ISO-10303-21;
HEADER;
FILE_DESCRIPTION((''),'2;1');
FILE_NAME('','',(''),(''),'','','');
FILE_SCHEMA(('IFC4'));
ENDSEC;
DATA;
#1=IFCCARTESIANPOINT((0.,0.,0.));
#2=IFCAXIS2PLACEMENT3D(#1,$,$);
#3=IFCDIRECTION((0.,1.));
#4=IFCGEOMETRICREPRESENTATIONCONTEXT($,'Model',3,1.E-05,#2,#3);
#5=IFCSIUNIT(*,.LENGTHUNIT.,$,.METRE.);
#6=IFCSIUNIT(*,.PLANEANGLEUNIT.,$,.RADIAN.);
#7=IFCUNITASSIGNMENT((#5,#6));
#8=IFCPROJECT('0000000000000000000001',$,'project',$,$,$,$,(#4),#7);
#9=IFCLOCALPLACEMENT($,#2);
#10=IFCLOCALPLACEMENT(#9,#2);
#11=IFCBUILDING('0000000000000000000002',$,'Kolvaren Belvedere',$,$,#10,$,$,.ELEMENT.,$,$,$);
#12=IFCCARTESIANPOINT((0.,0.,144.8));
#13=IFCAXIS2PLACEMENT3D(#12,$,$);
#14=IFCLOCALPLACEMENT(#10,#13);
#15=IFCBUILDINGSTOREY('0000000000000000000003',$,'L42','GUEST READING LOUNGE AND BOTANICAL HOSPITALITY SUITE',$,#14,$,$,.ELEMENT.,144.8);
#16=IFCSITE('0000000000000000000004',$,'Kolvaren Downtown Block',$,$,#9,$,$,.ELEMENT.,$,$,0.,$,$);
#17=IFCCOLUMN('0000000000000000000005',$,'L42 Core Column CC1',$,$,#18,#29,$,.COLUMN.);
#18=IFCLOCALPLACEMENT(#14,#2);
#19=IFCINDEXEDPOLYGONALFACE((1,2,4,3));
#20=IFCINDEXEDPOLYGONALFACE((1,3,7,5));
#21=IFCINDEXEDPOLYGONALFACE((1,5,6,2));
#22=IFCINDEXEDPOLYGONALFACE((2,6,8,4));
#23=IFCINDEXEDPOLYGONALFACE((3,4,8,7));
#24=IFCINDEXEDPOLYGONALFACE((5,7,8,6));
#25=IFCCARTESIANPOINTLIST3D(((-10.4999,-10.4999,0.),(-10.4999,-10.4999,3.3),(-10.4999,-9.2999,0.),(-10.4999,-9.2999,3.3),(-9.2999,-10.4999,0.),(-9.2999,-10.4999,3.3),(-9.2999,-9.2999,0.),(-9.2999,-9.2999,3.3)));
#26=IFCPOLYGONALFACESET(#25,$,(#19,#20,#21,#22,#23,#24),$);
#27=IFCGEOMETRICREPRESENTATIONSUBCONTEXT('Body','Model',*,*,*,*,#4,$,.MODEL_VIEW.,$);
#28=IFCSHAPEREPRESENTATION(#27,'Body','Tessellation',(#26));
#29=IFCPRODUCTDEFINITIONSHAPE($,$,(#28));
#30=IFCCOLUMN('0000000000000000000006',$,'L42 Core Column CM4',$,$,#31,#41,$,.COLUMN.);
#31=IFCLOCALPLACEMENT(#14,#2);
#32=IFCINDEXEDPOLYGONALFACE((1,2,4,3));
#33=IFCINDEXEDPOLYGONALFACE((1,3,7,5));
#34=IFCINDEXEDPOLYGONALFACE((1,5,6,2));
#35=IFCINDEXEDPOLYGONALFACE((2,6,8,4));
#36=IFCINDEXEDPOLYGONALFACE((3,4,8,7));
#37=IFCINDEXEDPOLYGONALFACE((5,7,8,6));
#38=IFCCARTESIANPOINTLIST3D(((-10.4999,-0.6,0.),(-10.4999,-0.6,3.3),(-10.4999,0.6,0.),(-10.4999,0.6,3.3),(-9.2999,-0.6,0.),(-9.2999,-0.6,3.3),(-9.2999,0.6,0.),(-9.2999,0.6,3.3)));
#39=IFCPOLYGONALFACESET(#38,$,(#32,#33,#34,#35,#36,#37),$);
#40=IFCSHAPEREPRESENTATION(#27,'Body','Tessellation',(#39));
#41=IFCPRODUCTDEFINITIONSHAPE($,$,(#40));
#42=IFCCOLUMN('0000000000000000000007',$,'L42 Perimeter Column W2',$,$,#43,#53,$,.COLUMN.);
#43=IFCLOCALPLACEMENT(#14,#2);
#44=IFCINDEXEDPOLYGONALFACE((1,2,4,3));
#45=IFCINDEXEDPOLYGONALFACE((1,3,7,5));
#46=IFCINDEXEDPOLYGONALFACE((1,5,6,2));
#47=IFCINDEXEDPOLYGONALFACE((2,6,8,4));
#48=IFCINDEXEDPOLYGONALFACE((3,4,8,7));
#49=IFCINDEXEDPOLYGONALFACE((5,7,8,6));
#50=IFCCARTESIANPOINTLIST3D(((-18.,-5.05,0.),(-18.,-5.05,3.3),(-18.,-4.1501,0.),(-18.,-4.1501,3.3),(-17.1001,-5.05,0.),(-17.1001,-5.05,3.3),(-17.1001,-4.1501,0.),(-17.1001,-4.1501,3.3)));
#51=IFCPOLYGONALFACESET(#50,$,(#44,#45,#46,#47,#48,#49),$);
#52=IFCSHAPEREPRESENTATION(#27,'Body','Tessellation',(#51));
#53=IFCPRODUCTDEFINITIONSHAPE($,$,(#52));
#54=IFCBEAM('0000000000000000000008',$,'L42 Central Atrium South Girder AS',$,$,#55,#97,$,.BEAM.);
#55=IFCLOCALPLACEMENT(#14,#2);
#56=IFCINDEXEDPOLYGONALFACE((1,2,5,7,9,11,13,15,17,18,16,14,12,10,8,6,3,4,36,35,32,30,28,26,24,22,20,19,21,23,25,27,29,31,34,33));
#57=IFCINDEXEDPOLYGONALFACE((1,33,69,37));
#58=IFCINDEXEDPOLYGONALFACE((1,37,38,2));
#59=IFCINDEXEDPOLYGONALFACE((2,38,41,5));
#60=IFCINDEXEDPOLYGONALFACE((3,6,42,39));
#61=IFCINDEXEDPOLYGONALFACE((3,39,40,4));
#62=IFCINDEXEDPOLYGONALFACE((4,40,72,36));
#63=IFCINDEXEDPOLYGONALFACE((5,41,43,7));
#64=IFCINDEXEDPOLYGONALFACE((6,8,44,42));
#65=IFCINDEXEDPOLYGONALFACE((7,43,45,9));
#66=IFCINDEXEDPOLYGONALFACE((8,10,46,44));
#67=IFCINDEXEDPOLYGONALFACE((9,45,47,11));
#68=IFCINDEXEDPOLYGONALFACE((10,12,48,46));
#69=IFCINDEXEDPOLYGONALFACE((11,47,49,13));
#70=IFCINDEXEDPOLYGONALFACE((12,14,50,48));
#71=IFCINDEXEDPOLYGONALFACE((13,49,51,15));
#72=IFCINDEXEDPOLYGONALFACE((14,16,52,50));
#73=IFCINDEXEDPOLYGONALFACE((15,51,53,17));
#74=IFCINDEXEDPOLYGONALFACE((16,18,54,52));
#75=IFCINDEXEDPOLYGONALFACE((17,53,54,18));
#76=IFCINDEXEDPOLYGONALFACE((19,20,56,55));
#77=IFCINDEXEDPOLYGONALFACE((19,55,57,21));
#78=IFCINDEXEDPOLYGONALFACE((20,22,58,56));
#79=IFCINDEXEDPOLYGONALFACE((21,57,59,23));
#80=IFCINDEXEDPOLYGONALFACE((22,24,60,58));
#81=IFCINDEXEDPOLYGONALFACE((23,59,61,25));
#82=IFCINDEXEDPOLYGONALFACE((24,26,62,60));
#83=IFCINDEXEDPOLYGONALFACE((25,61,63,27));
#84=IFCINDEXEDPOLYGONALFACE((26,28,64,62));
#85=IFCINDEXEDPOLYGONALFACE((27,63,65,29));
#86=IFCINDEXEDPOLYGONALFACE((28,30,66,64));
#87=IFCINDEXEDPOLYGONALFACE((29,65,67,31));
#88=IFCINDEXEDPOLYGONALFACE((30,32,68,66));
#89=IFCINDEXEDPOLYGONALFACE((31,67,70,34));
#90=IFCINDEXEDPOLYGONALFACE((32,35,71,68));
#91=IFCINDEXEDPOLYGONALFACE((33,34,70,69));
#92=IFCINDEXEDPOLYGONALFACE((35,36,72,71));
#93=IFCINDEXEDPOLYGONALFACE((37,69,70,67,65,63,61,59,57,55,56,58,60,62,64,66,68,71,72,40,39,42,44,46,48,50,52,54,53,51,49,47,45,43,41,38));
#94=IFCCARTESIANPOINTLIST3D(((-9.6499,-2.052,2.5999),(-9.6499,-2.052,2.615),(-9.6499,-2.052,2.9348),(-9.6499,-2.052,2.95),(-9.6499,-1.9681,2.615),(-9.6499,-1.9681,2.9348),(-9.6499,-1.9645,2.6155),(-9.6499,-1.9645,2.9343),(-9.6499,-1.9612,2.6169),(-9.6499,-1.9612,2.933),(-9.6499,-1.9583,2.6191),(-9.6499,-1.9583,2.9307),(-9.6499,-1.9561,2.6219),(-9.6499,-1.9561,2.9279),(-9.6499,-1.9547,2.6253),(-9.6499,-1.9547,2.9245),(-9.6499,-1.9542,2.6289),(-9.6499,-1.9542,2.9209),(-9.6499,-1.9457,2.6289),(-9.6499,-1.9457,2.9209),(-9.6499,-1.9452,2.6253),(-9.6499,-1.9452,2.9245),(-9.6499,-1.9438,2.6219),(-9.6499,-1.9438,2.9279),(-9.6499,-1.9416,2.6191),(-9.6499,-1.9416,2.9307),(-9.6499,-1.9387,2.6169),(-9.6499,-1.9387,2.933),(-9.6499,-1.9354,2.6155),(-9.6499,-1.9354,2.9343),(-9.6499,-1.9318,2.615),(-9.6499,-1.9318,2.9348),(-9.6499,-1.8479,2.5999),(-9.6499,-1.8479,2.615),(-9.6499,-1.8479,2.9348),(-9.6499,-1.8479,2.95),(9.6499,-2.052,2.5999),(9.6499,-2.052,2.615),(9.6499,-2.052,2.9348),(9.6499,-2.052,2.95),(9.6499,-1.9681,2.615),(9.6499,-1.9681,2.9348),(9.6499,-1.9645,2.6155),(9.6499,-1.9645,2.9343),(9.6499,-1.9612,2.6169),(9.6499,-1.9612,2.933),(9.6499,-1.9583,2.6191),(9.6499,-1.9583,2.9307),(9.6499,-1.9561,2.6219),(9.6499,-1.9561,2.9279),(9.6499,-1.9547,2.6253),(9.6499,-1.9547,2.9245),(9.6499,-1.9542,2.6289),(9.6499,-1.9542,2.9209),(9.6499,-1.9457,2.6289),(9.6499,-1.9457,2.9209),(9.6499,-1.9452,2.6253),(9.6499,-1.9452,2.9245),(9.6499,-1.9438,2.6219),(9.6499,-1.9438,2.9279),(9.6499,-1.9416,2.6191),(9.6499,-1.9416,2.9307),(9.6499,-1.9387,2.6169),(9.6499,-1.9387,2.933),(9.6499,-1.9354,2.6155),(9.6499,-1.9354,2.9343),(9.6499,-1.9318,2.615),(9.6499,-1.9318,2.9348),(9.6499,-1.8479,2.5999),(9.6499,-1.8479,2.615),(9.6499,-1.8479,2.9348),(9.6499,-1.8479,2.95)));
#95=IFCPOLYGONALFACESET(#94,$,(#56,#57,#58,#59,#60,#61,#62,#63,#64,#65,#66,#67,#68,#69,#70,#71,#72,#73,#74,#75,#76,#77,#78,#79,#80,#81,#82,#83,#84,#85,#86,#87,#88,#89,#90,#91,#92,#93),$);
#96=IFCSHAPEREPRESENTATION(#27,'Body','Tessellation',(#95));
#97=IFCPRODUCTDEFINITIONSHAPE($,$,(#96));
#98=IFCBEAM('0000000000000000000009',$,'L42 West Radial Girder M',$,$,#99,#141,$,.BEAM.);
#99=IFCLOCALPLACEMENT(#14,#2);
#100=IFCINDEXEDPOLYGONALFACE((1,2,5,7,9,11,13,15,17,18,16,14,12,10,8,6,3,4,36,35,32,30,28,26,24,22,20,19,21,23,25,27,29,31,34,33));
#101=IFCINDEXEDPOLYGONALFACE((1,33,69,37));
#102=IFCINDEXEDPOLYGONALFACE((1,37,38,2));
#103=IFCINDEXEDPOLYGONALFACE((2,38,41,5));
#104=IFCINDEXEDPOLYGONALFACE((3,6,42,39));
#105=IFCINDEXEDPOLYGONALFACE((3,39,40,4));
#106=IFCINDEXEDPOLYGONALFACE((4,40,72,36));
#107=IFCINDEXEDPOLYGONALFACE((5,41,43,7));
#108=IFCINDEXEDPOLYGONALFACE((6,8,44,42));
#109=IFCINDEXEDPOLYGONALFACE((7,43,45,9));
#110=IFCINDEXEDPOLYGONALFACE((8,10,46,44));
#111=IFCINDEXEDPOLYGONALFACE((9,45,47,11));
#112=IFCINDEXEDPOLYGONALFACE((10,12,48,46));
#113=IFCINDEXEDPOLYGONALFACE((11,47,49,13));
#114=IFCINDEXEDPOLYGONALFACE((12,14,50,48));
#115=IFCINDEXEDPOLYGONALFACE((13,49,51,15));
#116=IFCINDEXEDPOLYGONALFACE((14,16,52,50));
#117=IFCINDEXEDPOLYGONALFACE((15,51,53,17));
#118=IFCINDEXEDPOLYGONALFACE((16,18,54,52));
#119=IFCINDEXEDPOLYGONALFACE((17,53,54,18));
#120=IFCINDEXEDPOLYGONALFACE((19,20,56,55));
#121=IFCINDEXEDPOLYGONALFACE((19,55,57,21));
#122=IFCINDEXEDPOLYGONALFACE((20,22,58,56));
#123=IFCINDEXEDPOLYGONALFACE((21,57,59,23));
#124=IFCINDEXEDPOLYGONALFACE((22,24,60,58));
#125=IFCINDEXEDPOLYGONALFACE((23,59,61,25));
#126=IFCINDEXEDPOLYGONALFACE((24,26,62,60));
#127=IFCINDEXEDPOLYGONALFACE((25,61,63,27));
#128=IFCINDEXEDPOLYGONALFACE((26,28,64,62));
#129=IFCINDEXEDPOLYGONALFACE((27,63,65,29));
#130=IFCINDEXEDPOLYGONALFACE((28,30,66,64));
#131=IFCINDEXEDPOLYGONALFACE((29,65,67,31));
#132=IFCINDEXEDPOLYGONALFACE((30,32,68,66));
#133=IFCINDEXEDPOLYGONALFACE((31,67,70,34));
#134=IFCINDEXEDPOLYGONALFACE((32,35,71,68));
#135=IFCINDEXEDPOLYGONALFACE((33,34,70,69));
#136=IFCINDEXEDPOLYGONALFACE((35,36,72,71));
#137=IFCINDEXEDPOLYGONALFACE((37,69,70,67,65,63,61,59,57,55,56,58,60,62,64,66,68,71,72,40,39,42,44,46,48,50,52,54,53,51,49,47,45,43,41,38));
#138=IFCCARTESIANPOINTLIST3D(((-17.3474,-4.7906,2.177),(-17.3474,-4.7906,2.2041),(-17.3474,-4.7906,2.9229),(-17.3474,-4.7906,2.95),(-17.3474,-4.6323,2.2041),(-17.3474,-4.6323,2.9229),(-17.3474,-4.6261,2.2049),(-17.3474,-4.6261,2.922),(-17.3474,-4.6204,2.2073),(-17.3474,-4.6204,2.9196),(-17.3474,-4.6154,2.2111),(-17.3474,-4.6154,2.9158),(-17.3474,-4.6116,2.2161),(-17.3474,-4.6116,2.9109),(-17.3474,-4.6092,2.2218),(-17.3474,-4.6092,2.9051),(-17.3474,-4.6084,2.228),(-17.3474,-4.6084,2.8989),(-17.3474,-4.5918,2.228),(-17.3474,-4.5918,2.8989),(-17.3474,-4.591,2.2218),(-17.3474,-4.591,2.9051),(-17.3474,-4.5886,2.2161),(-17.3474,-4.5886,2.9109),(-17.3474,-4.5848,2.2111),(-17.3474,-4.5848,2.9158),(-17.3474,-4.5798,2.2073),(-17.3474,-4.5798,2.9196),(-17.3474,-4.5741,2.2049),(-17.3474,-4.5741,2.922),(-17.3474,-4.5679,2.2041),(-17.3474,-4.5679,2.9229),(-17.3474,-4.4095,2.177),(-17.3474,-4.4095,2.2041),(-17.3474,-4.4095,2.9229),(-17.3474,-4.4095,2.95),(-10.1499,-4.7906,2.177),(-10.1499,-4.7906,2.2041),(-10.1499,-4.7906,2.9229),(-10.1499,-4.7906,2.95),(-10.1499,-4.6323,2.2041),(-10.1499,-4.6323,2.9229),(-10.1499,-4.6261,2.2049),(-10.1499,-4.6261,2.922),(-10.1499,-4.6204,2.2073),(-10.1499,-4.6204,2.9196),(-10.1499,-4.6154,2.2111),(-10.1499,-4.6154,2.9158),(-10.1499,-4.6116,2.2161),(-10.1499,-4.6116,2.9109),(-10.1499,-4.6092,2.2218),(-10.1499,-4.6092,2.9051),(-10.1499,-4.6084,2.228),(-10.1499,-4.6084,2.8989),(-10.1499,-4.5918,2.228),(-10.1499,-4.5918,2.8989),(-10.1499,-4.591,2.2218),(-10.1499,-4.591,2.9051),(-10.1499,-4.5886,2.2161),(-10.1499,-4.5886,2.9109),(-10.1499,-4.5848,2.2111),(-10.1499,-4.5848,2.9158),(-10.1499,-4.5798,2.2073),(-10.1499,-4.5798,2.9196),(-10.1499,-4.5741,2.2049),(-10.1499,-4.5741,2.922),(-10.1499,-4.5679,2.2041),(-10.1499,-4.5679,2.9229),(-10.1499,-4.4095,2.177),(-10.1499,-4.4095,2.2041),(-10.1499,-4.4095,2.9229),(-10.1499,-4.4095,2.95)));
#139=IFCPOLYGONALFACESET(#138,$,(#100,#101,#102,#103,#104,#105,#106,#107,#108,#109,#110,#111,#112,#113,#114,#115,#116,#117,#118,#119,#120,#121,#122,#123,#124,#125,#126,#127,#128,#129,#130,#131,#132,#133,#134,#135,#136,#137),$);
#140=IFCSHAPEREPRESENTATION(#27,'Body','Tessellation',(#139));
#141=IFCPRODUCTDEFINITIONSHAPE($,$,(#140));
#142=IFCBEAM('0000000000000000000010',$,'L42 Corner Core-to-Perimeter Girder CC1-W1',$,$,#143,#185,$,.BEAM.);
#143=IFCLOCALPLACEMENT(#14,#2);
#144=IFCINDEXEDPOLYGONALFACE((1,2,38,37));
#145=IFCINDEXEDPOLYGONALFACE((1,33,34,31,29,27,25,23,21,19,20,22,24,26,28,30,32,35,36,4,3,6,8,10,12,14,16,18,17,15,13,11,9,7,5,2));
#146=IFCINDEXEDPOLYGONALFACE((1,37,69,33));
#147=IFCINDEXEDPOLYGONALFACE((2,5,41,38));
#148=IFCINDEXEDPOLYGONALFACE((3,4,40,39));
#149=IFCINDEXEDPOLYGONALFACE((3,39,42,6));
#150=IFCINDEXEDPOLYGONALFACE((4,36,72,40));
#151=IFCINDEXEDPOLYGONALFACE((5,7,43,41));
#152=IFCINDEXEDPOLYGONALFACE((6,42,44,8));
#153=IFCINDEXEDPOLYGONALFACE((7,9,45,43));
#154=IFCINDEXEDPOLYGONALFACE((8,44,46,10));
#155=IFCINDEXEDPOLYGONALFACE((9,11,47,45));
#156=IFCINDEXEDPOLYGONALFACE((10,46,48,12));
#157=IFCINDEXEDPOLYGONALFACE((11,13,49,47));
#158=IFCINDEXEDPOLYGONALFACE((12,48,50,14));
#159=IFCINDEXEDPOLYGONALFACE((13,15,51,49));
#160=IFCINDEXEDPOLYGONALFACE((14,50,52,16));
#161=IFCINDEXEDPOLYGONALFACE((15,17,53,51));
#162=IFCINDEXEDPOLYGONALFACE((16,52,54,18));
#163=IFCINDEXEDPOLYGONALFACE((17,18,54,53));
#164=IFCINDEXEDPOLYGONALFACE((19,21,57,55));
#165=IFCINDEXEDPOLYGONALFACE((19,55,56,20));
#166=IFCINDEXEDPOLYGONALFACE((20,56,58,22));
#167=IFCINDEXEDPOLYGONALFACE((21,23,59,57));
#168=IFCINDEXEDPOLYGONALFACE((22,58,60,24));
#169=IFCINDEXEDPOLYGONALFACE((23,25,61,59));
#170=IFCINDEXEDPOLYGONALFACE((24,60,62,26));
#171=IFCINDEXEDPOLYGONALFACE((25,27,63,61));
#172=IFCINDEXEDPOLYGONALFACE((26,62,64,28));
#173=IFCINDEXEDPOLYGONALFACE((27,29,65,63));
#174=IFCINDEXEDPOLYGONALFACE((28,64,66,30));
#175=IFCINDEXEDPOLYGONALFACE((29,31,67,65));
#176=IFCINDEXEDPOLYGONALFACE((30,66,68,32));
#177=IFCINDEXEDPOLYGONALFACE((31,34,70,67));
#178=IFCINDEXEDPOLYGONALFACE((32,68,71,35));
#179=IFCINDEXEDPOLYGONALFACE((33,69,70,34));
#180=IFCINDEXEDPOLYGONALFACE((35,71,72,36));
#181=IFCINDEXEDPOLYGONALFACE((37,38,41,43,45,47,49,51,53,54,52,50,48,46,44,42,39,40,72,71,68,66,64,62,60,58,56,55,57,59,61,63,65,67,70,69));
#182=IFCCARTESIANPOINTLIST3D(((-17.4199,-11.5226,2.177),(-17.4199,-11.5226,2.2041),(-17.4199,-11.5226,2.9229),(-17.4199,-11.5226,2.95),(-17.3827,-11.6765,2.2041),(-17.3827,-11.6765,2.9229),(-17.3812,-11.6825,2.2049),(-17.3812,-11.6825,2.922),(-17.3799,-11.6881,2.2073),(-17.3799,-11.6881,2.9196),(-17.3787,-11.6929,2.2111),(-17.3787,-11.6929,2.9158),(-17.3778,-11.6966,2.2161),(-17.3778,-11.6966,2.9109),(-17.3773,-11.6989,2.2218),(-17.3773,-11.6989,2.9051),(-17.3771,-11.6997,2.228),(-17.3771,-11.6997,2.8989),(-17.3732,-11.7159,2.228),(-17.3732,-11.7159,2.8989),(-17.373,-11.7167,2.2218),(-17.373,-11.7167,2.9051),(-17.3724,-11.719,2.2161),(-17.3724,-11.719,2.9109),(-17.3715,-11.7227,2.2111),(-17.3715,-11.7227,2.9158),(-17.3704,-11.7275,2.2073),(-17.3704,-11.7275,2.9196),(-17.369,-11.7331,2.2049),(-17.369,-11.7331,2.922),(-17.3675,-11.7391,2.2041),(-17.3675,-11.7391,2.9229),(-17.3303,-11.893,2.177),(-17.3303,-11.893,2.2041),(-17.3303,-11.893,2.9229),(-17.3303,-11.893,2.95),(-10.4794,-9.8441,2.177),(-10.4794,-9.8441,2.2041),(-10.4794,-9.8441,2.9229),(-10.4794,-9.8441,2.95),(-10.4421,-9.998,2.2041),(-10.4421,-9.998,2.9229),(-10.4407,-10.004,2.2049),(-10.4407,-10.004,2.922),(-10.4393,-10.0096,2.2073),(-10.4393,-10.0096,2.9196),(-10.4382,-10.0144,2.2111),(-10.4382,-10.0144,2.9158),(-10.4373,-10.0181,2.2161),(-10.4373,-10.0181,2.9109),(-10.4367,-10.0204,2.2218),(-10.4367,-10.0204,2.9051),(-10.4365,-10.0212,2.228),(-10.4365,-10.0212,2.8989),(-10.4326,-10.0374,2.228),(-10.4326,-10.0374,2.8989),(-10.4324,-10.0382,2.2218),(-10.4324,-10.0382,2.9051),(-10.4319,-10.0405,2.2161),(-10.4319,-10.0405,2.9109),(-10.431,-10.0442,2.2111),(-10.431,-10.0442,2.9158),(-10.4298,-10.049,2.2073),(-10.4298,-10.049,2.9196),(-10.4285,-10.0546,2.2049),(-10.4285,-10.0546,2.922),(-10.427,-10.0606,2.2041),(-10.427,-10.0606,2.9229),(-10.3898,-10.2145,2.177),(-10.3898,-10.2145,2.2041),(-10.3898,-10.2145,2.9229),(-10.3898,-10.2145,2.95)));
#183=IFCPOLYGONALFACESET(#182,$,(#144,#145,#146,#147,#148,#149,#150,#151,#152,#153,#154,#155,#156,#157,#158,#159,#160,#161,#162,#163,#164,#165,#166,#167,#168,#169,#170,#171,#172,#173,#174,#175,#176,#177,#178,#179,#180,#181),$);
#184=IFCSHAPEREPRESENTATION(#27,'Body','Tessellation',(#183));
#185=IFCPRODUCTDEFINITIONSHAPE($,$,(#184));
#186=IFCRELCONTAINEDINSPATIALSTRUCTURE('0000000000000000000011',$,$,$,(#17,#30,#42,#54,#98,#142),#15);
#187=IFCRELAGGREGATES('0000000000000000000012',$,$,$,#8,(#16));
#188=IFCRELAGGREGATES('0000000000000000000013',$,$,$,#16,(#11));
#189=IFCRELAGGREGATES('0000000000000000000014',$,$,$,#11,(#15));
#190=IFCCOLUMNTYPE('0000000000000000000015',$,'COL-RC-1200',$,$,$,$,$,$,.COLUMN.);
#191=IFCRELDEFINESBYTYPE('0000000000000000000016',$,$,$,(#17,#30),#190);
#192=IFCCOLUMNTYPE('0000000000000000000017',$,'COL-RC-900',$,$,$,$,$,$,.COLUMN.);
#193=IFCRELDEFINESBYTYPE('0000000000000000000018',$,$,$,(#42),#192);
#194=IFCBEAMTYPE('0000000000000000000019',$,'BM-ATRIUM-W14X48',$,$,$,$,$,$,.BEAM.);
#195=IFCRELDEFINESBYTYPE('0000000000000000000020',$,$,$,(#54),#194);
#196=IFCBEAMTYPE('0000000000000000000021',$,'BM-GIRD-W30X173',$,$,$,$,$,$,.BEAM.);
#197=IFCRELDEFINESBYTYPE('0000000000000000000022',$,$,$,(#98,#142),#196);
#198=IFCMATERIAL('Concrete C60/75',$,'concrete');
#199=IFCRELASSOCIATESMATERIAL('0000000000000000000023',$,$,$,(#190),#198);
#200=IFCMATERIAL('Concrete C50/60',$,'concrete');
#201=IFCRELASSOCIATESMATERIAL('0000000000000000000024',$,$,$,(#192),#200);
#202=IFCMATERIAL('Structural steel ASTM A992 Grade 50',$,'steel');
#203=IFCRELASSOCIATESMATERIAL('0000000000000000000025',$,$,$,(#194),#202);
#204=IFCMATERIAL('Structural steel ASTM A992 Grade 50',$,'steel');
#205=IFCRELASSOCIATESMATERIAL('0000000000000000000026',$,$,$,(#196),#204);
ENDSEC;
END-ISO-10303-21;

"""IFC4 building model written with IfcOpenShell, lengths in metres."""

from ifc_helpers import new_model, si_unit, direction, frame, origin, origin_2d, place, context, subcontext, project, spatial, rectangle, i_section, extrude, material, material_profile, profile_set, type_object, element, save


model = new_model("IFC4")

# Units and contexts
model_context = context("Model", 3, precision=1e-05, world=origin(), true_north=direction((0.0, 1.0)))
body_context = subcontext(model_context, "Body", "Model", "MODEL_VIEW")
ifc_project = project(units=[si_unit("LENGTHUNIT", "METRE"), si_unit("PLANEANGLEUNIT", "RADIAN")], contexts=[model_context])

# Site, building, storey
site_placement = place(None, origin())
site = spatial("IfcSite", under=ifc_project, at=site_placement, Name="Kolvaren Downtown Block", CompositionType="ELEMENT", RefElevation=0.0)
building_placement = place(site_placement, origin())
building = spatial("IfcBuilding", under=site, at=building_placement, Name="Kolvaren Belvedere", CompositionType="ELEMENT")
storey_placement = place(building_placement, frame((0.0, 0.0, 144.8)))
storey = spatial("IfcBuildingStorey", under=building, at=storey_placement, Name="L42", Description="GUEST READING LOUNGE AND BOTANICAL HOSPITALITY SUITE", CompositionType="ELEMENT", Elevation=144.8)

# Columns
ifc_material_1 = material(Name="Concrete C60/75", Category="concrete")
ifc_material_profile_1 = material_profile(ifc_material_1, rectangle(XDim=1.2, YDim=1.2, at=origin_2d()), Name="RC 1200X1200")
ifc_profile_set_1 = profile_set([ifc_material_profile_1], Name="Concrete C60/75")
column_type_1 = type_object("IfcColumnType", Name="COL-RC-1200", PredefinedType="COLUMN", material=ifc_profile_set_1)
for number, where, z_axis, x_axis, name in (
    (1, (-9.8999, -9.8999, 0.0), (0.0, 0.0, 1.0), (1.0, 0.0, 0.0), "L42 Core Column CC1"),
    (2, (-9.8999, 0.0, 0.0), (0.0, 0.0, 1.0), (1.0, 0.0, 0.0), "L42 Core Column CM4"),
):
    element("IfcColumn", number, at=place(storey_placement, frame(where, z_axis=z_axis, x_axis=x_axis)), inside=storey, type_object=column_type_1, Name=name, PredefinedType="COLUMN", context=body_context, shape_type="SweptSolid", body=[
        extrude(rectangle(XDim=1.2, YDim=1.2, at=origin_2d()), origin(), (0.0, 0.0, 1.0), 3.3),
    ])
ifc_material_2 = material(Name="Concrete C50/60", Category="concrete")
ifc_material_profile_2 = material_profile(ifc_material_2, rectangle(XDim=0.8999, YDim=0.8999, at=origin_2d()), Name="RC 900X900")
ifc_profile_set_2 = profile_set([ifc_material_profile_2], Name="Concrete C50/60")
column_type_2 = type_object("IfcColumnType", Name="COL-RC-900", PredefinedType="COLUMN", material=ifc_profile_set_2)
column_placement = place(storey_placement, frame((-17.55, -4.6001, 0.0), z_axis=(0.0, 0.0, 1.0), x_axis=(1.0, 0.0, 0.0)))
element("IfcColumn", 3, at=column_placement, inside=storey, type_object=column_type_2, Name="L42 Perimeter Column W2", PredefinedType="COLUMN", context=body_context, shape_type="SweptSolid", body=[
    extrude(rectangle(XDim=0.8999, YDim=0.8999, at=origin_2d()), origin(), (0.0, 0.0, 1.0), 3.3),
])

# Beams
ifc_material_3 = material(Name="Structural steel ASTM A992 Grade 50", Category="steel")
ifc_material_profile_3 = material_profile(ifc_material_3, i_section(OverallWidth=0.2041, OverallDepth=0.3501, WebThickness=0.0085, FlangeThickness=0.0151, FilletRadius=0.0139, at=origin_2d()), Name="W14X48")
ifc_profile_set_3 = profile_set([ifc_material_profile_3], Name="Structural steel ASTM A992 Grade 50")
beam_type_1 = type_object("IfcBeamType", Name="BM-ATRIUM-W14X48", PredefinedType="BEAM", material=ifc_profile_set_3)
beam_1_placement = place(storey_placement, frame((-9.6499, -1.95, 2.7749), z_axis=(1.0, 0.0, 0.0), x_axis=(0.0, 1.0, 0.0)))
element("IfcBeam", 4, at=beam_1_placement, inside=storey, type_object=beam_type_1, Name="L42 Central Atrium South Girder AS", PredefinedType="BEAM", context=body_context, shape_type="SweptSolid", body=[
    extrude(i_section(OverallWidth=0.2041, OverallDepth=0.3501, WebThickness=0.0085, FlangeThickness=0.0151, FilletRadius=0.0139, at=origin_2d()), origin(), (0.0, 0.0, 1.0), 19.2998),
])
ifc_material_4 = material(Name="Structural steel ASTM A992 Grade 50", Category="steel")
ifc_material_profile_4 = material_profile(ifc_material_4, i_section(OverallWidth=0.3811, OverallDepth=0.7729, WebThickness=0.0166, FlangeThickness=0.0271, FilletRadius=0.0239, at=origin_2d()), Name="W30X173")
ifc_profile_set_4 = profile_set([ifc_material_profile_4], Name="Structural steel ASTM A992 Grade 50")
beam_type_2 = type_object("IfcBeamType", Name="BM-GIRD-W30X173", PredefinedType="BEAM", material=ifc_profile_set_4)
beam_2_placement = place(storey_placement, frame((-10.1499, -4.6001, 2.5635), z_axis=(-1.0, 0.0, 0.0), x_axis=(0.0, -1.0, 0.0)))
element("IfcBeam", 5, at=beam_2_placement, inside=storey, type_object=beam_type_2, Name="L42 West Radial Girder M", PredefinedType="BEAM", context=body_context, shape_type="SweptSolid", body=[
    extrude(i_section(OverallWidth=0.3811, OverallDepth=0.7729, WebThickness=0.0166, FlangeThickness=0.0271, FilletRadius=0.0239, at=origin_2d()), origin(), (0.0, 0.0, 1.0), 7.1975),
])
beam_3_placement = place(storey_placement, frame((-10.4346, -10.0293, 2.5635), z_axis=(-0.97198, -0.235063, 0.0), x_axis=(0.235063, -0.97198, 0.0)))
element("IfcBeam", 6, at=beam_3_placement, inside=storey, type_object=beam_type_2, Name="L42 Corner Core-to-Perimeter Girder CC1-W1", PredefinedType="BEAM", context=body_context, shape_type="SweptSolid", body=[
    extrude(i_section(OverallWidth=0.3811, OverallDepth=0.7729, WebThickness=0.0166, FlangeThickness=0.0271, FilletRadius=0.0239, at=origin_2d()), origin(), (0.0, 0.0, 1.0), 7.1406),
])

save(model, "model.ifc")
